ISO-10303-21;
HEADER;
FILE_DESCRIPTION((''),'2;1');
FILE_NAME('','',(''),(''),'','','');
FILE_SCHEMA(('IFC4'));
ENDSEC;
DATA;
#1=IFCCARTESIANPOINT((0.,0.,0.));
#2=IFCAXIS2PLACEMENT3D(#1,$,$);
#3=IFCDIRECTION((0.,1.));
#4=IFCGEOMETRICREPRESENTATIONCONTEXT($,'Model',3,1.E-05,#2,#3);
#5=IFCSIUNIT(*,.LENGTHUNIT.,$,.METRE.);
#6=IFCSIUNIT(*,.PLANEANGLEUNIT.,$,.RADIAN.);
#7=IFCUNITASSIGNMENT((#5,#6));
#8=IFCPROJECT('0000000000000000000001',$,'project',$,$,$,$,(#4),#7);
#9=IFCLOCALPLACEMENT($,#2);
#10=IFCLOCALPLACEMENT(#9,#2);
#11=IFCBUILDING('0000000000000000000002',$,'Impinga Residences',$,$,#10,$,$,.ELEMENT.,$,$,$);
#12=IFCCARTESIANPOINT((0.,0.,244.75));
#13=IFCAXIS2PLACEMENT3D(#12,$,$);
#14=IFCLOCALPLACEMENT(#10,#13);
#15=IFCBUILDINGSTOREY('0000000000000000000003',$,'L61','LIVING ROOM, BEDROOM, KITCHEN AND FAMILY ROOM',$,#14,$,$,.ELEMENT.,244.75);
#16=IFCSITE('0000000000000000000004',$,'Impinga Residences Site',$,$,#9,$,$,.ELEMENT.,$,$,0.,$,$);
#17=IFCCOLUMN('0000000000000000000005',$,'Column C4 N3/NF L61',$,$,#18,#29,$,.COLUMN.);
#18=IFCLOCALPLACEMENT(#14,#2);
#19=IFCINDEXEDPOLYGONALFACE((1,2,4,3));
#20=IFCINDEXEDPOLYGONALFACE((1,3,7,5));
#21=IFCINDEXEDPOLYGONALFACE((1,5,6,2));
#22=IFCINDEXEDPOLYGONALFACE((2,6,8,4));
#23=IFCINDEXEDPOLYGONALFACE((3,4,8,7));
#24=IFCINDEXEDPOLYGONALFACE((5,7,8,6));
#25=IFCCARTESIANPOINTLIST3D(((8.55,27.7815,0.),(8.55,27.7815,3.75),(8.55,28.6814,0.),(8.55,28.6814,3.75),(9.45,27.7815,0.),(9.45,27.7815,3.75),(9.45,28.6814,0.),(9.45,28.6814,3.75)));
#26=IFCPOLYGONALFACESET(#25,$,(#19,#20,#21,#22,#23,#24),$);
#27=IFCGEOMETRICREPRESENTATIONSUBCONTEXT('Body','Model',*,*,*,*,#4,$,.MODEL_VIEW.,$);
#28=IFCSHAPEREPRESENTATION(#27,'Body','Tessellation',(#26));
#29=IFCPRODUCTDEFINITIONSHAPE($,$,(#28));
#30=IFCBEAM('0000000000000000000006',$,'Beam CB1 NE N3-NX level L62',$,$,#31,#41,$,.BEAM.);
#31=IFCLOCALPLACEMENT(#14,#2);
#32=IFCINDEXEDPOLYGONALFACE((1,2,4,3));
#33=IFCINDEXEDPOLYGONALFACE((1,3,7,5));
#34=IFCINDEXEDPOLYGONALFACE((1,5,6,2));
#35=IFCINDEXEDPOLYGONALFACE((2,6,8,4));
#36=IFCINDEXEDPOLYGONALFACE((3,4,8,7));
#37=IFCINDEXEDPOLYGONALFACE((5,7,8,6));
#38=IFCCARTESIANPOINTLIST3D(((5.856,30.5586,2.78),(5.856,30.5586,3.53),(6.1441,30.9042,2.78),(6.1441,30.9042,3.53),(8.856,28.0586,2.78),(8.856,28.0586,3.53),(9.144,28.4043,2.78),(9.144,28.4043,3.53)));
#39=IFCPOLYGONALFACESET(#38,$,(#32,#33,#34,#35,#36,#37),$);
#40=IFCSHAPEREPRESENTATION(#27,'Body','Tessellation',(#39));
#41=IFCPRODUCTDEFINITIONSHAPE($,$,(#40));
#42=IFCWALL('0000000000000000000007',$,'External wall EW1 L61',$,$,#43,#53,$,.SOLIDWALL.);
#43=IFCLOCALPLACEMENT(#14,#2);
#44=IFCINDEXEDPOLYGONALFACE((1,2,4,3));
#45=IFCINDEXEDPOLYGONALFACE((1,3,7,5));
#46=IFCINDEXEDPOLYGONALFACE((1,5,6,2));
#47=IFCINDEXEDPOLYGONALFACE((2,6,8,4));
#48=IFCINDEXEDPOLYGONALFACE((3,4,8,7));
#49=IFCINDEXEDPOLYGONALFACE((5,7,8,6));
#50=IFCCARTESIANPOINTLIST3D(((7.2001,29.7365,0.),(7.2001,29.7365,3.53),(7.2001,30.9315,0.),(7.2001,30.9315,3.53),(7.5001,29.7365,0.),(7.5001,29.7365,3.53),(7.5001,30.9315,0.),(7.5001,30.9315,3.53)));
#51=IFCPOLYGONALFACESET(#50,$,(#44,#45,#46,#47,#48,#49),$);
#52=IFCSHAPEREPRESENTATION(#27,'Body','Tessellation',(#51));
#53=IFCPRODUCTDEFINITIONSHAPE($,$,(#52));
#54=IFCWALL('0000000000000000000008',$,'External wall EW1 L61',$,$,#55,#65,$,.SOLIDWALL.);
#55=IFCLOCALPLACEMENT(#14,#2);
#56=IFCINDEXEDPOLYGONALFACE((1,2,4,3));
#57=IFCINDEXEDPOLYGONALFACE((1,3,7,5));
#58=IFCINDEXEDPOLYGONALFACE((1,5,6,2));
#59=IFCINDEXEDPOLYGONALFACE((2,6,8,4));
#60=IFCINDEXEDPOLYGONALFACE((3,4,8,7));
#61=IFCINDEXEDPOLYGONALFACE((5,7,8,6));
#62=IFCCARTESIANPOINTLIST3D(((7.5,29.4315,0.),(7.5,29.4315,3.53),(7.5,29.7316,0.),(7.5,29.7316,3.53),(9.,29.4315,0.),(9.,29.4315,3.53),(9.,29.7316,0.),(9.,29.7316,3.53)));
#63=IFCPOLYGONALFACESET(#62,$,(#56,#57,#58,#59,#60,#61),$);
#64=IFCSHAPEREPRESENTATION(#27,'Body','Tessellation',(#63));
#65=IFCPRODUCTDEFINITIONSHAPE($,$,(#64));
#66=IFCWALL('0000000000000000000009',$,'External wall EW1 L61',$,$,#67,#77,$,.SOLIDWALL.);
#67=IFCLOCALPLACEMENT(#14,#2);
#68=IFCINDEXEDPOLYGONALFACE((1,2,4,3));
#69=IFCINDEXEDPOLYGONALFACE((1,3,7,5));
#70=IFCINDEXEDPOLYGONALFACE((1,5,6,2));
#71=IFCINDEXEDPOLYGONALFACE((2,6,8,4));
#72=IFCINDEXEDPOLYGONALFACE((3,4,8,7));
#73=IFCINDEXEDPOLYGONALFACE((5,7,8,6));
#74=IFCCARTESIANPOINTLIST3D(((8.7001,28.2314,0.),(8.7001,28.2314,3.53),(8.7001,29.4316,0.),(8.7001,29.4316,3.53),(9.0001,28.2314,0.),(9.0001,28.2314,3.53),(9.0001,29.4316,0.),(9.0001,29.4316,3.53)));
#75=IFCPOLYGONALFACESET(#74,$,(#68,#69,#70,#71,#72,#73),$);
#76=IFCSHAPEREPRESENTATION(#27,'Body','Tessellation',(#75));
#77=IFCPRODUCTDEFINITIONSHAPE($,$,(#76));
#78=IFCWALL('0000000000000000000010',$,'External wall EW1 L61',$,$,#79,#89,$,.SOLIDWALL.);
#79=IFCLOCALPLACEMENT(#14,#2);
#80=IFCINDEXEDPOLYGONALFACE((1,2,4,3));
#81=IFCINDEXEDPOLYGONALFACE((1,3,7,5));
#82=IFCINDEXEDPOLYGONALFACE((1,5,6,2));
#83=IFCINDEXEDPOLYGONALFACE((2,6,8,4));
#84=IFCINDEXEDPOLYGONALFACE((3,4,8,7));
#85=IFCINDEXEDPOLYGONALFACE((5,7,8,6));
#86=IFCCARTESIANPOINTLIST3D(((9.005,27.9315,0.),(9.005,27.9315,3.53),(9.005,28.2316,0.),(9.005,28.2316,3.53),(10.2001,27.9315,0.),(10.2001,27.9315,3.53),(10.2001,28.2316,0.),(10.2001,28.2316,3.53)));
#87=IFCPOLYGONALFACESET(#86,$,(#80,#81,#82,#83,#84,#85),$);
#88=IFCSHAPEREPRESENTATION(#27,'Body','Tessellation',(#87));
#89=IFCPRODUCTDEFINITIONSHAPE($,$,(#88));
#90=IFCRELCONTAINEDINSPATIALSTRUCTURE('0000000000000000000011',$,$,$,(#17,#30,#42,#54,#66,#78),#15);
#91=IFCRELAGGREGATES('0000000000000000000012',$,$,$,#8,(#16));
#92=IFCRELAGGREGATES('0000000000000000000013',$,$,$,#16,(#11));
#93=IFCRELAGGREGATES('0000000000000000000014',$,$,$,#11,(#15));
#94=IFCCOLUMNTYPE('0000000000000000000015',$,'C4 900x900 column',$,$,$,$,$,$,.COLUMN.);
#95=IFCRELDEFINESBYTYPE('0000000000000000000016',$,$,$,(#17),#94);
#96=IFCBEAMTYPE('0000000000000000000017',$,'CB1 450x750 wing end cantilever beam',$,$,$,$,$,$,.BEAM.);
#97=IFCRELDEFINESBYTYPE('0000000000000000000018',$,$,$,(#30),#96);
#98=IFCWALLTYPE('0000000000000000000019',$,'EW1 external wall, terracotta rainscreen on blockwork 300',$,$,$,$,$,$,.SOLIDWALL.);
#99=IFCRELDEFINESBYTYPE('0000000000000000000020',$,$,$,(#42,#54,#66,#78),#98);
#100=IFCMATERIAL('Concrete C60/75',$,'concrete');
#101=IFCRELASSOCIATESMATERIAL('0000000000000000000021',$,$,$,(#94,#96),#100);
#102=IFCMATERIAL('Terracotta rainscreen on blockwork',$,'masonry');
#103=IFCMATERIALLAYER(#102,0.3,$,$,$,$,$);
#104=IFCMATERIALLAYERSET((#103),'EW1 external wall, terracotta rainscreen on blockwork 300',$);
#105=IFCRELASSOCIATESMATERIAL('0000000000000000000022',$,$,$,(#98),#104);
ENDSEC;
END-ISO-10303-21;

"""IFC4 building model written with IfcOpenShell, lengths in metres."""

from ifc_helpers import new_model, si_unit, direction, frame, frame_2d, origin, origin_2d, place, context, subcontext, project, spatial, rectangle, extrude, material, layer, layer_set, material_profile, profile_set, type_object, element, save


model = new_model("IFC4")

# Units and contexts
model_context = context("Model", 3, precision=1e-05, world=origin(), true_north=direction((0.0, 1.0)))
body_context = subcontext(model_context, "Body", "Model", "MODEL_VIEW")
ifc_project = project(units=[si_unit("LENGTHUNIT", "METRE"), si_unit("PLANEANGLEUNIT", "RADIAN")], contexts=[model_context])

# Site, building, storey
site_placement = place(None, origin())
site = spatial("IfcSite", under=ifc_project, at=site_placement, Name="Impinga Residences Site", CompositionType="ELEMENT", RefElevation=0.0)
building_placement = place(site_placement, origin())
building = spatial("IfcBuilding", under=site, at=building_placement, Name="Impinga Residences", CompositionType="ELEMENT")
storey_placement = place(building_placement, frame((0.0, 0.0, 244.75)))
storey = spatial("IfcBuildingStorey", under=building, at=storey_placement, Name="L61", Description="LIVING ROOM, BEDROOM, KITCHEN AND FAMILY ROOM", CompositionType="ELEMENT", Elevation=244.75)

# Column
ifc_material_1 = material(Name="Concrete C60/75", Category="concrete")
ifc_material_profile_1 = material_profile(ifc_material_1, rectangle(XDim=0.8999, YDim=0.8999, at=origin_2d()), Name="RC 900x900")
ifc_profile_set_1 = profile_set([ifc_material_profile_1], Name="Concrete C60/75")
column_type = type_object("IfcColumnType", Name="C4 900x900 column", PredefinedType="COLUMN", material=ifc_profile_set_1)
column_placement = place(storey_placement, frame((9.0, 28.2314, 0.0), z_axis=(0.0, 0.0, 1.0), x_axis=(1.0, 0.0, 0.0)))
element("IfcColumn", 1, at=column_placement, inside=storey, type_object=column_type, Name="Column C4 N3/NF L61", PredefinedType="COLUMN", context=body_context, shape_type="SweptSolid", body=[
    extrude(rectangle(XDim=0.8999, YDim=0.8999, at=origin_2d()), origin(), (0.0, 0.0, 1.0), 3.75),
])

# Beam
ifc_material_profile_2 = material_profile(ifc_material_1, rectangle(XDim=0.45, YDim=0.75, at=origin_2d()), Name="RC 450x750")
ifc_profile_set_2 = profile_set([ifc_material_profile_2], Name="Concrete C60/75")
beam_type = type_object("IfcBeamType", Name="CB1 450x750 wing end cantilever beam", PredefinedType="BEAM", material=ifc_profile_set_2)
beam_placement = place(storey_placement, frame((9.0, 28.2314, 3.155), z_axis=(-0.768221, 0.640184, 0.0), x_axis=(-0.640184, -0.768221, 0.0)))
element("IfcBeam", 2, at=beam_placement, inside=storey, type_object=beam_type, Name="Beam CB1 NE N3-NX level L62", PredefinedType="BEAM", context=body_context, shape_type="SweptSolid", body=[
    extrude(rectangle(XDim=0.45, YDim=0.75, at=origin_2d()), origin(), (0.0, 0.0, 1.0), 3.905),
])

# Walls
ifc_material_2 = material(Name="Terracotta rainscreen on blockwork", Category="masonry")
ifc_layer_1 = layer(ifc_material_2, 0.3)
ifc_layer_set_1 = layer_set([ifc_layer_1], Name="EW1 external wall, terracotta rainscreen on blockwork 300")
wall_type_1 = type_object("IfcWallType", Name="EW1 external wall, terracotta rainscreen on blockwork 300", PredefinedType="SOLIDWALL", material=ifc_layer_set_1)
wall_1_placement = place(storey_placement, frame((7.3501, 30.9316, 0.0), z_axis=(0.0, 0.0, 1.0), x_axis=(0.0, -1.0, 0.0)))
element("IfcWall", 3, at=wall_1_placement, inside=storey, type_object=wall_type_1, Name="External wall EW1 L61", PredefinedType="SOLIDWALL", context=body_context, shape_type="SweptSolid", body=[
    extrude(rectangle(XDim=1.1951, YDim=0.3, at=frame_2d((0.5977, 0.0))), origin(), (0.0, 0.0, 1.0), 3.53),
])
wall_2_placement = place(storey_placement, frame((7.5, 29.5815, 0.0), z_axis=(0.0, 0.0, 1.0), x_axis=(1.0, 0.0, 0.0)))
element("IfcWall", 4, at=wall_2_placement, inside=storey, type_object=wall_type_1, Name="External wall EW1 L61", PredefinedType="SOLIDWALL", context=body_context, shape_type="SweptSolid", body=[
    extrude(rectangle(XDim=1.5, YDim=0.3, at=frame_2d((0.75, 0.0))), origin(), (0.0, 0.0, 1.0), 3.53),
])
wall_3_placement = place(storey_placement, frame((8.8501, 29.4316, 0.0), z_axis=(0.0, 0.0, 1.0), x_axis=(0.0, -1.0, 0.0)))
element("IfcWall", 5, at=wall_3_placement, inside=storey, type_object=wall_type_1, Name="External wall EW1 L61", PredefinedType="SOLIDWALL", context=body_context, shape_type="SweptSolid", body=[
    extrude(rectangle(XDim=1.2002, YDim=0.3, at=frame_2d((0.6001, 0.0))), origin(), (0.0, 0.0, 1.0), 3.53),
])
wall_4_placement = place(storey_placement, frame((9.0049, 28.0815, 0.0), z_axis=(0.0, 0.0, 1.0), x_axis=(1.0, 0.0, 0.0)))
element("IfcWall", 6, at=wall_4_placement, inside=storey, type_object=wall_type_1, Name="External wall EW1 L61", PredefinedType="SOLIDWALL", context=body_context, shape_type="SweptSolid", body=[
    extrude(rectangle(XDim=1.1951, YDim=0.3, at=frame_2d((0.5977, 0.0))), origin(), (0.0, 0.0, 1.0), 3.53),
])

save(model, "model.ifc")
